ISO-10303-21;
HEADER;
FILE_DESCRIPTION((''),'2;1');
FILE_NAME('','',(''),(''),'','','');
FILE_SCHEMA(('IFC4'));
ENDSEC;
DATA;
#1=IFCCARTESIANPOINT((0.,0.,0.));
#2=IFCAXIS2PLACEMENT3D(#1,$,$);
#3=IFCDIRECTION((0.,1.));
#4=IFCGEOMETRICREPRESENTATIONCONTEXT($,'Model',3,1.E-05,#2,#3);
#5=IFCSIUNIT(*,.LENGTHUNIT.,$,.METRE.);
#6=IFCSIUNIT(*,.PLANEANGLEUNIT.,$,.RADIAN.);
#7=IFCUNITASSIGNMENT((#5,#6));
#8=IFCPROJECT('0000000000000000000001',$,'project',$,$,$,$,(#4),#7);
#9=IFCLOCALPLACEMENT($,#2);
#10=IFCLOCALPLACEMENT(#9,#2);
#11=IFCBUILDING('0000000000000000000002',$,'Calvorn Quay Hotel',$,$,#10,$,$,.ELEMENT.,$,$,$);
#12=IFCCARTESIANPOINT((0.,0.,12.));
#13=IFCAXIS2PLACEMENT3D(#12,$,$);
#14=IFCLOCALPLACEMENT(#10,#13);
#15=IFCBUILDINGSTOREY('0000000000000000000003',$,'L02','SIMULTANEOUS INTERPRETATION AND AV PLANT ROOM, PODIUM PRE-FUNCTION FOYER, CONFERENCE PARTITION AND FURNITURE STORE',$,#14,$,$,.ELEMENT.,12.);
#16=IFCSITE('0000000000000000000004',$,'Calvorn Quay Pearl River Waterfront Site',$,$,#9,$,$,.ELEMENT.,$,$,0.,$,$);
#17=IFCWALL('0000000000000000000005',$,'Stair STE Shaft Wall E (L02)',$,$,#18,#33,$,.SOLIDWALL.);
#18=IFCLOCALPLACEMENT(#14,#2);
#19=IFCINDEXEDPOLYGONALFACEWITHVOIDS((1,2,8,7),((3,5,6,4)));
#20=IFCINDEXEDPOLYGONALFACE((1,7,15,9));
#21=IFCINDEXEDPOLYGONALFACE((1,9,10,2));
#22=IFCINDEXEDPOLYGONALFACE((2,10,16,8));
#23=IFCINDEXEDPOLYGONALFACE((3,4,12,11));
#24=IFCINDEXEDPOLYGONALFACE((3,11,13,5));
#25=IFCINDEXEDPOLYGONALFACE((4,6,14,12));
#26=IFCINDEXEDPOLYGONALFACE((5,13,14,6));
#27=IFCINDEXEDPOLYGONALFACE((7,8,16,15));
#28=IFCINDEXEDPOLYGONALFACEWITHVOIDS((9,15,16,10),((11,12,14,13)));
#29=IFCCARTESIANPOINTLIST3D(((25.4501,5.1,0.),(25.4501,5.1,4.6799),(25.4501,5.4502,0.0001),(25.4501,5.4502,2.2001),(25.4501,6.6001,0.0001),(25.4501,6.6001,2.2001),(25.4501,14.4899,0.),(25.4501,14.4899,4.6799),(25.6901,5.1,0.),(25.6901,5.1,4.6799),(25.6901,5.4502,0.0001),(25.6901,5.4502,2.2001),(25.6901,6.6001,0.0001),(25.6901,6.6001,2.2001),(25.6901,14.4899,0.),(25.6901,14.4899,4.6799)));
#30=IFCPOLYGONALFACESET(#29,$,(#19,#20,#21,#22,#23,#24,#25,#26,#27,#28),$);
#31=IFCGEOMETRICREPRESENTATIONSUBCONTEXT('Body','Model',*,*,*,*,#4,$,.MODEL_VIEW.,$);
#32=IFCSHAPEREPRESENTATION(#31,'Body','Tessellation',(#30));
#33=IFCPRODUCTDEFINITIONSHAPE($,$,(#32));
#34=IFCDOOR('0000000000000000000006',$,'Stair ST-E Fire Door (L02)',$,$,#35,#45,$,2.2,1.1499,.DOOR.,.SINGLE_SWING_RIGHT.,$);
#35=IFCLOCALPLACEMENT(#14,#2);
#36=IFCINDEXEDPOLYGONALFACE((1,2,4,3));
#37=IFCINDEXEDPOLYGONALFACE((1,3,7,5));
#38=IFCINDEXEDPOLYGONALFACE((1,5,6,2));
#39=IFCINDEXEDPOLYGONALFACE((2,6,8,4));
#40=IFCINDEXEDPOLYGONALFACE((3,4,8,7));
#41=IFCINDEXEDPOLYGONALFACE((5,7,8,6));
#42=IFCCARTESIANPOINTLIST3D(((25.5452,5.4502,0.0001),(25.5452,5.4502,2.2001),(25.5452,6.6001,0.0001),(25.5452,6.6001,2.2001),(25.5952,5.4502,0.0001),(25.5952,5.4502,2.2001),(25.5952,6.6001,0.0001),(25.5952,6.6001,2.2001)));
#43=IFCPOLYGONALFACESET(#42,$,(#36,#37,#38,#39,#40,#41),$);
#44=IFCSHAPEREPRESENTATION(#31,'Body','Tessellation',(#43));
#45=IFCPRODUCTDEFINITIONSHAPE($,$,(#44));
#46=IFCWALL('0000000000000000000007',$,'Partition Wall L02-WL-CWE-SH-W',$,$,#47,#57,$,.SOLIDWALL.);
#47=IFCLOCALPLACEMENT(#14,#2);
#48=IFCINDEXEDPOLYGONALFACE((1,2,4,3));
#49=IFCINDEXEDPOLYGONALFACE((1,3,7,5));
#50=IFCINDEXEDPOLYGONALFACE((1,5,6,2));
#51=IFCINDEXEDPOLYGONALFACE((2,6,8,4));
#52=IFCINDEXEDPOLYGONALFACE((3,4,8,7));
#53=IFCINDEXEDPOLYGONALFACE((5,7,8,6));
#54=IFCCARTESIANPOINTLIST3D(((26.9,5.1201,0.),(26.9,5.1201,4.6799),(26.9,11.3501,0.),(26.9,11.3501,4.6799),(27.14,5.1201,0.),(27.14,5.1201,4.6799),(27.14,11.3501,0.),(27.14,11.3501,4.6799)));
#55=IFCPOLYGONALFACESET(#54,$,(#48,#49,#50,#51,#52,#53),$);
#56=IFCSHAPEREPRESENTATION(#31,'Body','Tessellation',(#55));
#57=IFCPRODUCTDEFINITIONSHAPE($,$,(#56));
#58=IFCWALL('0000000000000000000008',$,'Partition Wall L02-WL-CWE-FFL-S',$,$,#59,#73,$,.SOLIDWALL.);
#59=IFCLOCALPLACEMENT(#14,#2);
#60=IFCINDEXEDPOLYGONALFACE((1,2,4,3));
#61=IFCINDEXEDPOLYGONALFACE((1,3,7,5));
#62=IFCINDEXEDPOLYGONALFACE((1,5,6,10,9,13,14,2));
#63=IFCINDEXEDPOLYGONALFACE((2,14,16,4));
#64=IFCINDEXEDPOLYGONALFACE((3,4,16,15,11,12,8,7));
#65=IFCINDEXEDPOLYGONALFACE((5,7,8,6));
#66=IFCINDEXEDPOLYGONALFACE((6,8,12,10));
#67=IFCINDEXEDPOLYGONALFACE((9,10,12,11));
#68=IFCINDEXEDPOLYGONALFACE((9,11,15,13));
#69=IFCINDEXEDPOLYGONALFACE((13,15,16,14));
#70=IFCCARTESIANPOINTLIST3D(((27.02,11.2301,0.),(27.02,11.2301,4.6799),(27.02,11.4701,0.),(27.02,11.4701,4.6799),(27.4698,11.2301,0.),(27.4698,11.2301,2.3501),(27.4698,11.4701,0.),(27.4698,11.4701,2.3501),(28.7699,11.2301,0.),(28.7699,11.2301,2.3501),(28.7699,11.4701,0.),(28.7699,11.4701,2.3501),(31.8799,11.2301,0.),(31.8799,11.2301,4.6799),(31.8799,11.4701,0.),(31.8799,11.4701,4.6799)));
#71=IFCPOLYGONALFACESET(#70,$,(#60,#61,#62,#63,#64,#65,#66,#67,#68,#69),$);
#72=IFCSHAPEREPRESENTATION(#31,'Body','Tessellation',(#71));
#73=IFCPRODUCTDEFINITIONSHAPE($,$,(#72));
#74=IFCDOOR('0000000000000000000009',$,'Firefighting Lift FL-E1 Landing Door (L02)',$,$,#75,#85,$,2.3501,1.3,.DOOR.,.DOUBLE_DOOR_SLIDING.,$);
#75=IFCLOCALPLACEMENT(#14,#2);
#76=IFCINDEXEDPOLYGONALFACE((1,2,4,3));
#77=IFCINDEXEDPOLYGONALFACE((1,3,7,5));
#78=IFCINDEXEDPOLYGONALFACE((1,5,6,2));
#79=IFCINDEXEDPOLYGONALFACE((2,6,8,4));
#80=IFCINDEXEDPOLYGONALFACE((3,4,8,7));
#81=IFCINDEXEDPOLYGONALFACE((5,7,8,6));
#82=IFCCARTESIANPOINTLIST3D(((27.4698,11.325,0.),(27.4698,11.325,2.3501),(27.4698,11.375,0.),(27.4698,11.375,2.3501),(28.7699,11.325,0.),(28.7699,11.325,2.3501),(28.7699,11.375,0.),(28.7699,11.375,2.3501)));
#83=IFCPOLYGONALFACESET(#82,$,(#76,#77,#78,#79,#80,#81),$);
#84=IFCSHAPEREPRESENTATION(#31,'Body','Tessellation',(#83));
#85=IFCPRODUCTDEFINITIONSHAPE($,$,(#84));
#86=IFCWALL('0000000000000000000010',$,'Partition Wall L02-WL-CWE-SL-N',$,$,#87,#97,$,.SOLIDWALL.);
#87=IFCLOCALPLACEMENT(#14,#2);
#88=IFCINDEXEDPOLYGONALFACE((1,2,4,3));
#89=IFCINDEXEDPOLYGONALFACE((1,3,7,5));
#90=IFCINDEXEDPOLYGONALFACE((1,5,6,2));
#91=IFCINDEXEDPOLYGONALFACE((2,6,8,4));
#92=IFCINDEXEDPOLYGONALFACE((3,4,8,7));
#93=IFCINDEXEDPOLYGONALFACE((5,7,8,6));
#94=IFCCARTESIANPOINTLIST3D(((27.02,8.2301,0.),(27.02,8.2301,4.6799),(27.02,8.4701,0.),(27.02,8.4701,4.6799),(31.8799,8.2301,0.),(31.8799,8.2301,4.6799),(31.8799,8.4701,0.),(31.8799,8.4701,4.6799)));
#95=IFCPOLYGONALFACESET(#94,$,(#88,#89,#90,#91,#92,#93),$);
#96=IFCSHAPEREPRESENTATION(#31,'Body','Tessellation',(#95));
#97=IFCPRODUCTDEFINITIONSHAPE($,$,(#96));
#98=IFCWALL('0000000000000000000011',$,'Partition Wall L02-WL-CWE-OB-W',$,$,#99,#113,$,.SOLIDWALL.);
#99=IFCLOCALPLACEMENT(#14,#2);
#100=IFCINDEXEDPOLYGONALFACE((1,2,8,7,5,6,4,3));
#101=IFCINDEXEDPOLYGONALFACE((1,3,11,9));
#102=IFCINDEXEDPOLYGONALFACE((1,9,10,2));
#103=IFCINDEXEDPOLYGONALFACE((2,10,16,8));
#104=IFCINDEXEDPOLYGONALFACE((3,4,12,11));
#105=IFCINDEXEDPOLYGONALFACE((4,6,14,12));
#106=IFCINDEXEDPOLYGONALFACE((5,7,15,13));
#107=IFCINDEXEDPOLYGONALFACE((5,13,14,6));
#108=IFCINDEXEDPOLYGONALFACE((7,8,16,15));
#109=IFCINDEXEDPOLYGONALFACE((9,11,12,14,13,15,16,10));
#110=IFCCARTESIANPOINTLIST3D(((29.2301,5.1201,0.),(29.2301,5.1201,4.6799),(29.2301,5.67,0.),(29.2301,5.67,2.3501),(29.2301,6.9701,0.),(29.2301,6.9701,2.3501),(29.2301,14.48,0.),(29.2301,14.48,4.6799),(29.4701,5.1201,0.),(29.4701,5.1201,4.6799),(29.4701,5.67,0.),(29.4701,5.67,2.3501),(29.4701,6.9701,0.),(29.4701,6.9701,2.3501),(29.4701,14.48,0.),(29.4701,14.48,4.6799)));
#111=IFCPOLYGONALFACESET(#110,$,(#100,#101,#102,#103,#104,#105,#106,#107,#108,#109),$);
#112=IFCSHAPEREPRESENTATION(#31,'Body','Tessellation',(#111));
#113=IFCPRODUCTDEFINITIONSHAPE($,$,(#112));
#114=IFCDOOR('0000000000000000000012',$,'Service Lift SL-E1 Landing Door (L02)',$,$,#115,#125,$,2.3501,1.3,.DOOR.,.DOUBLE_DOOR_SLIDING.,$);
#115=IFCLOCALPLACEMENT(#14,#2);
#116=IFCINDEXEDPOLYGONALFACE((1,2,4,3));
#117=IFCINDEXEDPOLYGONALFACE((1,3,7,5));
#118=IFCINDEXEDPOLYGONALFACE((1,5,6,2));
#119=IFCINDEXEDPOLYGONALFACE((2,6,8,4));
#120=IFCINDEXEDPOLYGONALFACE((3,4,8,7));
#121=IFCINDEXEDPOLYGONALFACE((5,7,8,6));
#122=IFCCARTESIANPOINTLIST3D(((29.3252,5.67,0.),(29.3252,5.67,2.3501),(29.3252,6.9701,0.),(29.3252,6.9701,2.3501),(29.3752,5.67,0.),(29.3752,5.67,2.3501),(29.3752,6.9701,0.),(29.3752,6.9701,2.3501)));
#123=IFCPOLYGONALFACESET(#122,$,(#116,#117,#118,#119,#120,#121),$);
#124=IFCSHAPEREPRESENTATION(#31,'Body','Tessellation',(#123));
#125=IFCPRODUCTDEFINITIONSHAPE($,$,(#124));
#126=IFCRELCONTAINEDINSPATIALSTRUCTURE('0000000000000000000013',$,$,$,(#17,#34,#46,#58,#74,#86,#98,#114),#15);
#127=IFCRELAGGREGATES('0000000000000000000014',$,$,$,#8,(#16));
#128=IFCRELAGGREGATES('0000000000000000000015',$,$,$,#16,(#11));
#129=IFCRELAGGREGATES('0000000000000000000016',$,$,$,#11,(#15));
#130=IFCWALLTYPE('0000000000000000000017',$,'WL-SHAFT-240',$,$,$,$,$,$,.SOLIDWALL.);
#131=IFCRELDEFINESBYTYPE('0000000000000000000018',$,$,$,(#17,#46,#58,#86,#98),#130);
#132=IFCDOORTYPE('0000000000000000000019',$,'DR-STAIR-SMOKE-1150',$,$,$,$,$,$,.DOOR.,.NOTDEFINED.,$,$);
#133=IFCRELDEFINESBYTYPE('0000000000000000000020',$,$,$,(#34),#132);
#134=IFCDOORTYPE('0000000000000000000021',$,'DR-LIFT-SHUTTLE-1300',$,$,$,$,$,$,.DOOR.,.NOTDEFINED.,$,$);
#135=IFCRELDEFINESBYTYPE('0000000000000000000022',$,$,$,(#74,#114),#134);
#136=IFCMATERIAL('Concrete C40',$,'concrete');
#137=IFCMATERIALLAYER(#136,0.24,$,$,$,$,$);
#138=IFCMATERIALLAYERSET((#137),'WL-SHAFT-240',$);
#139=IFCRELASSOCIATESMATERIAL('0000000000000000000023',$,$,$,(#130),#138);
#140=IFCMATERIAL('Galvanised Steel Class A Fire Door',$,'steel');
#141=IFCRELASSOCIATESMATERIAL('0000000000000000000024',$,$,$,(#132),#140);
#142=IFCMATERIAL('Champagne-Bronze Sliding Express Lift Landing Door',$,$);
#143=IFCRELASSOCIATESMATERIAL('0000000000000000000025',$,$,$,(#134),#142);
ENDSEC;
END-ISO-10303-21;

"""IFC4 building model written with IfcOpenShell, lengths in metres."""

from ifc_helpers import new_model, si_unit, direction, frame, frame_2d, origin, place, context, subcontext, project, spatial, rectangle, extrude, material, layer, layer_set, type_object, element, fill, save


model = new_model("IFC4")

# Units and contexts
model_context = context("Model", 3, precision=1e-05, world=origin(), true_north=direction((0.0, 1.0)))
body_context = subcontext(model_context, "Body", "Model", "MODEL_VIEW")
ifc_project = project(units=[si_unit("LENGTHUNIT", "METRE"), si_unit("PLANEANGLEUNIT", "RADIAN")], contexts=[model_context])

# Site, building, storey
site_placement = place(None, origin())
site = spatial("IfcSite", under=ifc_project, at=site_placement, Name="Calvorn Quay Pearl River Waterfront Site", CompositionType="ELEMENT", RefElevation=0.0)
building_placement = place(site_placement, origin())
building = spatial("IfcBuilding", under=site, at=building_placement, Name="Calvorn Quay Hotel", CompositionType="ELEMENT")
storey_placement = place(building_placement, frame((0.0, 0.0, 12.0)))
storey = spatial("IfcBuildingStorey", under=building, at=storey_placement, Name="L02", Description="SIMULTANEOUS INTERPRETATION AND AV PLANT ROOM, PODIUM PRE-FUNCTION FOYER, CONFERENCE PARTITION AND FURNITURE STORE", CompositionType="ELEMENT", Elevation=12.0)

# Wall, opening, door
ifc_material_1 = material(Name="Concrete C40", Category="concrete")
ifc_layer_1 = layer(ifc_material_1, 0.24)
ifc_layer_set_1 = layer_set([ifc_layer_1], Name="WL-SHAFT-240")
wall_type_1 = type_object("IfcWallType", Name="WL-SHAFT-240", PredefinedType="SOLIDWALL", material=ifc_layer_set_1)
wall_1_placement = place(storey_placement, frame((25.5701, 5.1001, 0.0), z_axis=(0.0, 0.0, 1.0), x_axis=(0.0, 1.0, 0.0)))
wall_1 = element("IfcWall", 1, at=wall_1_placement, inside=storey, type_object=wall_type_1, Name="Stair STE Shaft Wall E (L02)", PredefinedType="SOLIDWALL", context=body_context, shape_type="SweptSolid", body=[
    extrude(rectangle(XDim=9.3899, YDim=0.24, at=frame_2d((4.6948, 0.0))), origin(), (0.0, 0.0, 1.0), 4.6799),
])
opening_1_placement = place(wall_1_placement, frame((0.3501, 0.0, 0.0)))
opening_1 = element("IfcOpeningElement", 2, at=opening_1_placement, cuts=wall_1, PredefinedType="OPENING", context=body_context, shape_type="SweptSolid", body=[
    extrude(rectangle(XDim=1.1499, YDim=2.2, at=frame_2d((0.575, 1.1001))), frame((0.0, 0.1299, 0.0), z_axis=(0.0, -1.0, 0.0), x_axis=(1.0, 0.0, 0.0)), (0.0, 0.0, 1.0), 0.26),
])
ifc_material_2 = material(Name="Galvanised Steel Class A Fire Door", Category="steel")
door_type_1 = type_object("IfcDoorType", Name="DR-STAIR-SMOKE-1150", OperationType="NOTDEFINED", PredefinedType="DOOR", material=ifc_material_2)
door_1_placement = place(opening_1_placement, origin())
door_1 = element("IfcDoor", 3, at=door_1_placement, inside=storey, type_object=door_type_1, Name="Stair ST-E Fire Door (L02)", OperationType="SINGLE_SWING_RIGHT", OverallHeight=2.2, OverallWidth=1.1499, PredefinedType="DOOR", context=body_context, shape_type="SweptSolid", body=[
    extrude(rectangle(XDim=1.1499, YDim=2.2, at=frame_2d((0.575, 1.1001))), frame((0.0, 0.0249, 0.0), z_axis=(0.0, -1.0, 0.0), x_axis=(1.0, 0.0, 0.0)), (0.0, 0.0, 1.0), 0.05),
])
fill(opening_1, door_1)

# Wall
wall_2_placement = place(storey_placement, frame((27.02, 5.1201, 0.0), z_axis=(0.0, 0.0, 1.0), x_axis=(0.0, 1.0, 0.0)))
element("IfcWall", 4, at=wall_2_placement, inside=storey, type_object=wall_type_1, Name="Partition Wall L02-WL-CWE-SH-W", PredefinedType="SOLIDWALL", context=body_context, shape_type="SweptSolid", body=[
    extrude(rectangle(XDim=6.23, YDim=0.24, at=frame_2d((3.115, 0.0))), origin(), (0.0, 0.0, 1.0), 4.6799),
])

# Wall, opening, door
wall_3_placement = place(storey_placement, frame((27.02, 11.3501, 0.0), z_axis=(0.0, 0.0, 1.0), x_axis=(1.0, 0.0, 0.0)))
wall_3 = element("IfcWall", 5, at=wall_3_placement, inside=storey, type_object=wall_type_1, Name="Partition Wall L02-WL-CWE-FFL-S", PredefinedType="SOLIDWALL", context=body_context, shape_type="SweptSolid", body=[
    extrude(rectangle(XDim=4.8599, YDim=0.24, at=frame_2d((2.4299, 0.0))), origin(), (0.0, 0.0, 1.0), 4.6799),
])
opening_2_placement = place(wall_3_placement, frame((0.45, 0.0, 0.0)))
opening_2 = element("IfcOpeningElement", 6, at=opening_2_placement, cuts=wall_3, PredefinedType="OPENING", context=body_context, shape_type="SweptSolid", body=[
    extrude(rectangle(XDim=1.3, YDim=2.3501, at=frame_2d((0.6499, 1.175))), frame((0.0, 0.1299, 0.0), z_axis=(0.0, -1.0, 0.0), x_axis=(1.0, 0.0, 0.0)), (0.0, 0.0, 1.0), 0.26),
])
ifc_material_3 = material(Name="Champagne-Bronze Sliding Express Lift Landing Door")
door_type_2 = type_object("IfcDoorType", Name="DR-LIFT-SHUTTLE-1300", OperationType="NOTDEFINED", PredefinedType="DOOR", material=ifc_material_3)
door_2_placement = place(opening_2_placement, origin())
door_2 = element("IfcDoor", 7, at=door_2_placement, inside=storey, type_object=door_type_2, Name="Firefighting Lift FL-E1 Landing Door (L02)", OperationType="DOUBLE_DOOR_SLIDING", OverallHeight=2.3501, OverallWidth=1.3, PredefinedType="DOOR", context=body_context, shape_type="SweptSolid", body=[
    extrude(rectangle(XDim=1.3, YDim=2.3501, at=frame_2d((0.6499, 1.175))), frame((0.0, 0.0249, 0.0), z_axis=(0.0, -1.0, 0.0), x_axis=(1.0, 0.0, 0.0)), (0.0, 0.0, 1.0), 0.05),
])
fill(opening_2, door_2)

# Wall
wall_4_placement = place(storey_placement, frame((27.02, 8.3501, 0.0), z_axis=(0.0, 0.0, 1.0), x_axis=(1.0, 0.0, 0.0)))
element("IfcWall", 8, at=wall_4_placement, inside=storey, type_object=wall_type_1, Name="Partition Wall L02-WL-CWE-SL-N", PredefinedType="SOLIDWALL", context=body_context, shape_type="SweptSolid", body=[
    extrude(rectangle(XDim=4.8599, YDim=0.24, at=frame_2d((2.4299, 0.0))), origin(), (0.0, 0.0, 1.0), 4.6799),
])

# Wall, opening, door
wall_5_placement = place(storey_placement, frame((29.3501, 5.1201, 0.0), z_axis=(0.0, 0.0, 1.0), x_axis=(0.0, 1.0, 0.0)))
wall_5 = element("IfcWall", 9, at=wall_5_placement, inside=storey, type_object=wall_type_1, Name="Partition Wall L02-WL-CWE-OB-W", PredefinedType="SOLIDWALL", context=body_context, shape_type="SweptSolid", body=[
    extrude(rectangle(XDim=9.3599, YDim=0.24, at=frame_2d((4.6799, 0.0))), origin(), (0.0, 0.0, 1.0), 4.6799),
])
opening_3_placement = place(wall_5_placement, frame((0.55, 0.0, 0.0)))
opening_3 = element("IfcOpeningElement", 10, at=opening_3_placement, cuts=wall_5, PredefinedType="OPENING", context=body_context, shape_type="SweptSolid", body=[
    extrude(rectangle(XDim=1.3, YDim=2.3501, at=frame_2d((0.6499, 1.175))), frame((0.0, 0.1299, 0.0), z_axis=(0.0, -1.0, 0.0), x_axis=(1.0, 0.0, 0.0)), (0.0, 0.0, 1.0), 0.26),
])
door_3_placement = place(opening_3_placement, origin())
door_3 = element("IfcDoor", 11, at=door_3_placement, inside=storey, type_object=door_type_2, Name="Service Lift SL-E1 Landing Door (L02)", OperationType="DOUBLE_DOOR_SLIDING", OverallHeight=2.3501, OverallWidth=1.3, PredefinedType="DOOR", context=body_context, shape_type="SweptSolid", body=[
    extrude(rectangle(XDim=1.3, YDim=2.3501, at=frame_2d((0.6499, 1.175))), frame((0.0, 0.0249, 0.0), z_axis=(0.0, -1.0, 0.0), x_axis=(1.0, 0.0, 0.0)), (0.0, 0.0, 1.0), 0.05),
])
fill(opening_3, door_3)

save(model, "model.ifc")
